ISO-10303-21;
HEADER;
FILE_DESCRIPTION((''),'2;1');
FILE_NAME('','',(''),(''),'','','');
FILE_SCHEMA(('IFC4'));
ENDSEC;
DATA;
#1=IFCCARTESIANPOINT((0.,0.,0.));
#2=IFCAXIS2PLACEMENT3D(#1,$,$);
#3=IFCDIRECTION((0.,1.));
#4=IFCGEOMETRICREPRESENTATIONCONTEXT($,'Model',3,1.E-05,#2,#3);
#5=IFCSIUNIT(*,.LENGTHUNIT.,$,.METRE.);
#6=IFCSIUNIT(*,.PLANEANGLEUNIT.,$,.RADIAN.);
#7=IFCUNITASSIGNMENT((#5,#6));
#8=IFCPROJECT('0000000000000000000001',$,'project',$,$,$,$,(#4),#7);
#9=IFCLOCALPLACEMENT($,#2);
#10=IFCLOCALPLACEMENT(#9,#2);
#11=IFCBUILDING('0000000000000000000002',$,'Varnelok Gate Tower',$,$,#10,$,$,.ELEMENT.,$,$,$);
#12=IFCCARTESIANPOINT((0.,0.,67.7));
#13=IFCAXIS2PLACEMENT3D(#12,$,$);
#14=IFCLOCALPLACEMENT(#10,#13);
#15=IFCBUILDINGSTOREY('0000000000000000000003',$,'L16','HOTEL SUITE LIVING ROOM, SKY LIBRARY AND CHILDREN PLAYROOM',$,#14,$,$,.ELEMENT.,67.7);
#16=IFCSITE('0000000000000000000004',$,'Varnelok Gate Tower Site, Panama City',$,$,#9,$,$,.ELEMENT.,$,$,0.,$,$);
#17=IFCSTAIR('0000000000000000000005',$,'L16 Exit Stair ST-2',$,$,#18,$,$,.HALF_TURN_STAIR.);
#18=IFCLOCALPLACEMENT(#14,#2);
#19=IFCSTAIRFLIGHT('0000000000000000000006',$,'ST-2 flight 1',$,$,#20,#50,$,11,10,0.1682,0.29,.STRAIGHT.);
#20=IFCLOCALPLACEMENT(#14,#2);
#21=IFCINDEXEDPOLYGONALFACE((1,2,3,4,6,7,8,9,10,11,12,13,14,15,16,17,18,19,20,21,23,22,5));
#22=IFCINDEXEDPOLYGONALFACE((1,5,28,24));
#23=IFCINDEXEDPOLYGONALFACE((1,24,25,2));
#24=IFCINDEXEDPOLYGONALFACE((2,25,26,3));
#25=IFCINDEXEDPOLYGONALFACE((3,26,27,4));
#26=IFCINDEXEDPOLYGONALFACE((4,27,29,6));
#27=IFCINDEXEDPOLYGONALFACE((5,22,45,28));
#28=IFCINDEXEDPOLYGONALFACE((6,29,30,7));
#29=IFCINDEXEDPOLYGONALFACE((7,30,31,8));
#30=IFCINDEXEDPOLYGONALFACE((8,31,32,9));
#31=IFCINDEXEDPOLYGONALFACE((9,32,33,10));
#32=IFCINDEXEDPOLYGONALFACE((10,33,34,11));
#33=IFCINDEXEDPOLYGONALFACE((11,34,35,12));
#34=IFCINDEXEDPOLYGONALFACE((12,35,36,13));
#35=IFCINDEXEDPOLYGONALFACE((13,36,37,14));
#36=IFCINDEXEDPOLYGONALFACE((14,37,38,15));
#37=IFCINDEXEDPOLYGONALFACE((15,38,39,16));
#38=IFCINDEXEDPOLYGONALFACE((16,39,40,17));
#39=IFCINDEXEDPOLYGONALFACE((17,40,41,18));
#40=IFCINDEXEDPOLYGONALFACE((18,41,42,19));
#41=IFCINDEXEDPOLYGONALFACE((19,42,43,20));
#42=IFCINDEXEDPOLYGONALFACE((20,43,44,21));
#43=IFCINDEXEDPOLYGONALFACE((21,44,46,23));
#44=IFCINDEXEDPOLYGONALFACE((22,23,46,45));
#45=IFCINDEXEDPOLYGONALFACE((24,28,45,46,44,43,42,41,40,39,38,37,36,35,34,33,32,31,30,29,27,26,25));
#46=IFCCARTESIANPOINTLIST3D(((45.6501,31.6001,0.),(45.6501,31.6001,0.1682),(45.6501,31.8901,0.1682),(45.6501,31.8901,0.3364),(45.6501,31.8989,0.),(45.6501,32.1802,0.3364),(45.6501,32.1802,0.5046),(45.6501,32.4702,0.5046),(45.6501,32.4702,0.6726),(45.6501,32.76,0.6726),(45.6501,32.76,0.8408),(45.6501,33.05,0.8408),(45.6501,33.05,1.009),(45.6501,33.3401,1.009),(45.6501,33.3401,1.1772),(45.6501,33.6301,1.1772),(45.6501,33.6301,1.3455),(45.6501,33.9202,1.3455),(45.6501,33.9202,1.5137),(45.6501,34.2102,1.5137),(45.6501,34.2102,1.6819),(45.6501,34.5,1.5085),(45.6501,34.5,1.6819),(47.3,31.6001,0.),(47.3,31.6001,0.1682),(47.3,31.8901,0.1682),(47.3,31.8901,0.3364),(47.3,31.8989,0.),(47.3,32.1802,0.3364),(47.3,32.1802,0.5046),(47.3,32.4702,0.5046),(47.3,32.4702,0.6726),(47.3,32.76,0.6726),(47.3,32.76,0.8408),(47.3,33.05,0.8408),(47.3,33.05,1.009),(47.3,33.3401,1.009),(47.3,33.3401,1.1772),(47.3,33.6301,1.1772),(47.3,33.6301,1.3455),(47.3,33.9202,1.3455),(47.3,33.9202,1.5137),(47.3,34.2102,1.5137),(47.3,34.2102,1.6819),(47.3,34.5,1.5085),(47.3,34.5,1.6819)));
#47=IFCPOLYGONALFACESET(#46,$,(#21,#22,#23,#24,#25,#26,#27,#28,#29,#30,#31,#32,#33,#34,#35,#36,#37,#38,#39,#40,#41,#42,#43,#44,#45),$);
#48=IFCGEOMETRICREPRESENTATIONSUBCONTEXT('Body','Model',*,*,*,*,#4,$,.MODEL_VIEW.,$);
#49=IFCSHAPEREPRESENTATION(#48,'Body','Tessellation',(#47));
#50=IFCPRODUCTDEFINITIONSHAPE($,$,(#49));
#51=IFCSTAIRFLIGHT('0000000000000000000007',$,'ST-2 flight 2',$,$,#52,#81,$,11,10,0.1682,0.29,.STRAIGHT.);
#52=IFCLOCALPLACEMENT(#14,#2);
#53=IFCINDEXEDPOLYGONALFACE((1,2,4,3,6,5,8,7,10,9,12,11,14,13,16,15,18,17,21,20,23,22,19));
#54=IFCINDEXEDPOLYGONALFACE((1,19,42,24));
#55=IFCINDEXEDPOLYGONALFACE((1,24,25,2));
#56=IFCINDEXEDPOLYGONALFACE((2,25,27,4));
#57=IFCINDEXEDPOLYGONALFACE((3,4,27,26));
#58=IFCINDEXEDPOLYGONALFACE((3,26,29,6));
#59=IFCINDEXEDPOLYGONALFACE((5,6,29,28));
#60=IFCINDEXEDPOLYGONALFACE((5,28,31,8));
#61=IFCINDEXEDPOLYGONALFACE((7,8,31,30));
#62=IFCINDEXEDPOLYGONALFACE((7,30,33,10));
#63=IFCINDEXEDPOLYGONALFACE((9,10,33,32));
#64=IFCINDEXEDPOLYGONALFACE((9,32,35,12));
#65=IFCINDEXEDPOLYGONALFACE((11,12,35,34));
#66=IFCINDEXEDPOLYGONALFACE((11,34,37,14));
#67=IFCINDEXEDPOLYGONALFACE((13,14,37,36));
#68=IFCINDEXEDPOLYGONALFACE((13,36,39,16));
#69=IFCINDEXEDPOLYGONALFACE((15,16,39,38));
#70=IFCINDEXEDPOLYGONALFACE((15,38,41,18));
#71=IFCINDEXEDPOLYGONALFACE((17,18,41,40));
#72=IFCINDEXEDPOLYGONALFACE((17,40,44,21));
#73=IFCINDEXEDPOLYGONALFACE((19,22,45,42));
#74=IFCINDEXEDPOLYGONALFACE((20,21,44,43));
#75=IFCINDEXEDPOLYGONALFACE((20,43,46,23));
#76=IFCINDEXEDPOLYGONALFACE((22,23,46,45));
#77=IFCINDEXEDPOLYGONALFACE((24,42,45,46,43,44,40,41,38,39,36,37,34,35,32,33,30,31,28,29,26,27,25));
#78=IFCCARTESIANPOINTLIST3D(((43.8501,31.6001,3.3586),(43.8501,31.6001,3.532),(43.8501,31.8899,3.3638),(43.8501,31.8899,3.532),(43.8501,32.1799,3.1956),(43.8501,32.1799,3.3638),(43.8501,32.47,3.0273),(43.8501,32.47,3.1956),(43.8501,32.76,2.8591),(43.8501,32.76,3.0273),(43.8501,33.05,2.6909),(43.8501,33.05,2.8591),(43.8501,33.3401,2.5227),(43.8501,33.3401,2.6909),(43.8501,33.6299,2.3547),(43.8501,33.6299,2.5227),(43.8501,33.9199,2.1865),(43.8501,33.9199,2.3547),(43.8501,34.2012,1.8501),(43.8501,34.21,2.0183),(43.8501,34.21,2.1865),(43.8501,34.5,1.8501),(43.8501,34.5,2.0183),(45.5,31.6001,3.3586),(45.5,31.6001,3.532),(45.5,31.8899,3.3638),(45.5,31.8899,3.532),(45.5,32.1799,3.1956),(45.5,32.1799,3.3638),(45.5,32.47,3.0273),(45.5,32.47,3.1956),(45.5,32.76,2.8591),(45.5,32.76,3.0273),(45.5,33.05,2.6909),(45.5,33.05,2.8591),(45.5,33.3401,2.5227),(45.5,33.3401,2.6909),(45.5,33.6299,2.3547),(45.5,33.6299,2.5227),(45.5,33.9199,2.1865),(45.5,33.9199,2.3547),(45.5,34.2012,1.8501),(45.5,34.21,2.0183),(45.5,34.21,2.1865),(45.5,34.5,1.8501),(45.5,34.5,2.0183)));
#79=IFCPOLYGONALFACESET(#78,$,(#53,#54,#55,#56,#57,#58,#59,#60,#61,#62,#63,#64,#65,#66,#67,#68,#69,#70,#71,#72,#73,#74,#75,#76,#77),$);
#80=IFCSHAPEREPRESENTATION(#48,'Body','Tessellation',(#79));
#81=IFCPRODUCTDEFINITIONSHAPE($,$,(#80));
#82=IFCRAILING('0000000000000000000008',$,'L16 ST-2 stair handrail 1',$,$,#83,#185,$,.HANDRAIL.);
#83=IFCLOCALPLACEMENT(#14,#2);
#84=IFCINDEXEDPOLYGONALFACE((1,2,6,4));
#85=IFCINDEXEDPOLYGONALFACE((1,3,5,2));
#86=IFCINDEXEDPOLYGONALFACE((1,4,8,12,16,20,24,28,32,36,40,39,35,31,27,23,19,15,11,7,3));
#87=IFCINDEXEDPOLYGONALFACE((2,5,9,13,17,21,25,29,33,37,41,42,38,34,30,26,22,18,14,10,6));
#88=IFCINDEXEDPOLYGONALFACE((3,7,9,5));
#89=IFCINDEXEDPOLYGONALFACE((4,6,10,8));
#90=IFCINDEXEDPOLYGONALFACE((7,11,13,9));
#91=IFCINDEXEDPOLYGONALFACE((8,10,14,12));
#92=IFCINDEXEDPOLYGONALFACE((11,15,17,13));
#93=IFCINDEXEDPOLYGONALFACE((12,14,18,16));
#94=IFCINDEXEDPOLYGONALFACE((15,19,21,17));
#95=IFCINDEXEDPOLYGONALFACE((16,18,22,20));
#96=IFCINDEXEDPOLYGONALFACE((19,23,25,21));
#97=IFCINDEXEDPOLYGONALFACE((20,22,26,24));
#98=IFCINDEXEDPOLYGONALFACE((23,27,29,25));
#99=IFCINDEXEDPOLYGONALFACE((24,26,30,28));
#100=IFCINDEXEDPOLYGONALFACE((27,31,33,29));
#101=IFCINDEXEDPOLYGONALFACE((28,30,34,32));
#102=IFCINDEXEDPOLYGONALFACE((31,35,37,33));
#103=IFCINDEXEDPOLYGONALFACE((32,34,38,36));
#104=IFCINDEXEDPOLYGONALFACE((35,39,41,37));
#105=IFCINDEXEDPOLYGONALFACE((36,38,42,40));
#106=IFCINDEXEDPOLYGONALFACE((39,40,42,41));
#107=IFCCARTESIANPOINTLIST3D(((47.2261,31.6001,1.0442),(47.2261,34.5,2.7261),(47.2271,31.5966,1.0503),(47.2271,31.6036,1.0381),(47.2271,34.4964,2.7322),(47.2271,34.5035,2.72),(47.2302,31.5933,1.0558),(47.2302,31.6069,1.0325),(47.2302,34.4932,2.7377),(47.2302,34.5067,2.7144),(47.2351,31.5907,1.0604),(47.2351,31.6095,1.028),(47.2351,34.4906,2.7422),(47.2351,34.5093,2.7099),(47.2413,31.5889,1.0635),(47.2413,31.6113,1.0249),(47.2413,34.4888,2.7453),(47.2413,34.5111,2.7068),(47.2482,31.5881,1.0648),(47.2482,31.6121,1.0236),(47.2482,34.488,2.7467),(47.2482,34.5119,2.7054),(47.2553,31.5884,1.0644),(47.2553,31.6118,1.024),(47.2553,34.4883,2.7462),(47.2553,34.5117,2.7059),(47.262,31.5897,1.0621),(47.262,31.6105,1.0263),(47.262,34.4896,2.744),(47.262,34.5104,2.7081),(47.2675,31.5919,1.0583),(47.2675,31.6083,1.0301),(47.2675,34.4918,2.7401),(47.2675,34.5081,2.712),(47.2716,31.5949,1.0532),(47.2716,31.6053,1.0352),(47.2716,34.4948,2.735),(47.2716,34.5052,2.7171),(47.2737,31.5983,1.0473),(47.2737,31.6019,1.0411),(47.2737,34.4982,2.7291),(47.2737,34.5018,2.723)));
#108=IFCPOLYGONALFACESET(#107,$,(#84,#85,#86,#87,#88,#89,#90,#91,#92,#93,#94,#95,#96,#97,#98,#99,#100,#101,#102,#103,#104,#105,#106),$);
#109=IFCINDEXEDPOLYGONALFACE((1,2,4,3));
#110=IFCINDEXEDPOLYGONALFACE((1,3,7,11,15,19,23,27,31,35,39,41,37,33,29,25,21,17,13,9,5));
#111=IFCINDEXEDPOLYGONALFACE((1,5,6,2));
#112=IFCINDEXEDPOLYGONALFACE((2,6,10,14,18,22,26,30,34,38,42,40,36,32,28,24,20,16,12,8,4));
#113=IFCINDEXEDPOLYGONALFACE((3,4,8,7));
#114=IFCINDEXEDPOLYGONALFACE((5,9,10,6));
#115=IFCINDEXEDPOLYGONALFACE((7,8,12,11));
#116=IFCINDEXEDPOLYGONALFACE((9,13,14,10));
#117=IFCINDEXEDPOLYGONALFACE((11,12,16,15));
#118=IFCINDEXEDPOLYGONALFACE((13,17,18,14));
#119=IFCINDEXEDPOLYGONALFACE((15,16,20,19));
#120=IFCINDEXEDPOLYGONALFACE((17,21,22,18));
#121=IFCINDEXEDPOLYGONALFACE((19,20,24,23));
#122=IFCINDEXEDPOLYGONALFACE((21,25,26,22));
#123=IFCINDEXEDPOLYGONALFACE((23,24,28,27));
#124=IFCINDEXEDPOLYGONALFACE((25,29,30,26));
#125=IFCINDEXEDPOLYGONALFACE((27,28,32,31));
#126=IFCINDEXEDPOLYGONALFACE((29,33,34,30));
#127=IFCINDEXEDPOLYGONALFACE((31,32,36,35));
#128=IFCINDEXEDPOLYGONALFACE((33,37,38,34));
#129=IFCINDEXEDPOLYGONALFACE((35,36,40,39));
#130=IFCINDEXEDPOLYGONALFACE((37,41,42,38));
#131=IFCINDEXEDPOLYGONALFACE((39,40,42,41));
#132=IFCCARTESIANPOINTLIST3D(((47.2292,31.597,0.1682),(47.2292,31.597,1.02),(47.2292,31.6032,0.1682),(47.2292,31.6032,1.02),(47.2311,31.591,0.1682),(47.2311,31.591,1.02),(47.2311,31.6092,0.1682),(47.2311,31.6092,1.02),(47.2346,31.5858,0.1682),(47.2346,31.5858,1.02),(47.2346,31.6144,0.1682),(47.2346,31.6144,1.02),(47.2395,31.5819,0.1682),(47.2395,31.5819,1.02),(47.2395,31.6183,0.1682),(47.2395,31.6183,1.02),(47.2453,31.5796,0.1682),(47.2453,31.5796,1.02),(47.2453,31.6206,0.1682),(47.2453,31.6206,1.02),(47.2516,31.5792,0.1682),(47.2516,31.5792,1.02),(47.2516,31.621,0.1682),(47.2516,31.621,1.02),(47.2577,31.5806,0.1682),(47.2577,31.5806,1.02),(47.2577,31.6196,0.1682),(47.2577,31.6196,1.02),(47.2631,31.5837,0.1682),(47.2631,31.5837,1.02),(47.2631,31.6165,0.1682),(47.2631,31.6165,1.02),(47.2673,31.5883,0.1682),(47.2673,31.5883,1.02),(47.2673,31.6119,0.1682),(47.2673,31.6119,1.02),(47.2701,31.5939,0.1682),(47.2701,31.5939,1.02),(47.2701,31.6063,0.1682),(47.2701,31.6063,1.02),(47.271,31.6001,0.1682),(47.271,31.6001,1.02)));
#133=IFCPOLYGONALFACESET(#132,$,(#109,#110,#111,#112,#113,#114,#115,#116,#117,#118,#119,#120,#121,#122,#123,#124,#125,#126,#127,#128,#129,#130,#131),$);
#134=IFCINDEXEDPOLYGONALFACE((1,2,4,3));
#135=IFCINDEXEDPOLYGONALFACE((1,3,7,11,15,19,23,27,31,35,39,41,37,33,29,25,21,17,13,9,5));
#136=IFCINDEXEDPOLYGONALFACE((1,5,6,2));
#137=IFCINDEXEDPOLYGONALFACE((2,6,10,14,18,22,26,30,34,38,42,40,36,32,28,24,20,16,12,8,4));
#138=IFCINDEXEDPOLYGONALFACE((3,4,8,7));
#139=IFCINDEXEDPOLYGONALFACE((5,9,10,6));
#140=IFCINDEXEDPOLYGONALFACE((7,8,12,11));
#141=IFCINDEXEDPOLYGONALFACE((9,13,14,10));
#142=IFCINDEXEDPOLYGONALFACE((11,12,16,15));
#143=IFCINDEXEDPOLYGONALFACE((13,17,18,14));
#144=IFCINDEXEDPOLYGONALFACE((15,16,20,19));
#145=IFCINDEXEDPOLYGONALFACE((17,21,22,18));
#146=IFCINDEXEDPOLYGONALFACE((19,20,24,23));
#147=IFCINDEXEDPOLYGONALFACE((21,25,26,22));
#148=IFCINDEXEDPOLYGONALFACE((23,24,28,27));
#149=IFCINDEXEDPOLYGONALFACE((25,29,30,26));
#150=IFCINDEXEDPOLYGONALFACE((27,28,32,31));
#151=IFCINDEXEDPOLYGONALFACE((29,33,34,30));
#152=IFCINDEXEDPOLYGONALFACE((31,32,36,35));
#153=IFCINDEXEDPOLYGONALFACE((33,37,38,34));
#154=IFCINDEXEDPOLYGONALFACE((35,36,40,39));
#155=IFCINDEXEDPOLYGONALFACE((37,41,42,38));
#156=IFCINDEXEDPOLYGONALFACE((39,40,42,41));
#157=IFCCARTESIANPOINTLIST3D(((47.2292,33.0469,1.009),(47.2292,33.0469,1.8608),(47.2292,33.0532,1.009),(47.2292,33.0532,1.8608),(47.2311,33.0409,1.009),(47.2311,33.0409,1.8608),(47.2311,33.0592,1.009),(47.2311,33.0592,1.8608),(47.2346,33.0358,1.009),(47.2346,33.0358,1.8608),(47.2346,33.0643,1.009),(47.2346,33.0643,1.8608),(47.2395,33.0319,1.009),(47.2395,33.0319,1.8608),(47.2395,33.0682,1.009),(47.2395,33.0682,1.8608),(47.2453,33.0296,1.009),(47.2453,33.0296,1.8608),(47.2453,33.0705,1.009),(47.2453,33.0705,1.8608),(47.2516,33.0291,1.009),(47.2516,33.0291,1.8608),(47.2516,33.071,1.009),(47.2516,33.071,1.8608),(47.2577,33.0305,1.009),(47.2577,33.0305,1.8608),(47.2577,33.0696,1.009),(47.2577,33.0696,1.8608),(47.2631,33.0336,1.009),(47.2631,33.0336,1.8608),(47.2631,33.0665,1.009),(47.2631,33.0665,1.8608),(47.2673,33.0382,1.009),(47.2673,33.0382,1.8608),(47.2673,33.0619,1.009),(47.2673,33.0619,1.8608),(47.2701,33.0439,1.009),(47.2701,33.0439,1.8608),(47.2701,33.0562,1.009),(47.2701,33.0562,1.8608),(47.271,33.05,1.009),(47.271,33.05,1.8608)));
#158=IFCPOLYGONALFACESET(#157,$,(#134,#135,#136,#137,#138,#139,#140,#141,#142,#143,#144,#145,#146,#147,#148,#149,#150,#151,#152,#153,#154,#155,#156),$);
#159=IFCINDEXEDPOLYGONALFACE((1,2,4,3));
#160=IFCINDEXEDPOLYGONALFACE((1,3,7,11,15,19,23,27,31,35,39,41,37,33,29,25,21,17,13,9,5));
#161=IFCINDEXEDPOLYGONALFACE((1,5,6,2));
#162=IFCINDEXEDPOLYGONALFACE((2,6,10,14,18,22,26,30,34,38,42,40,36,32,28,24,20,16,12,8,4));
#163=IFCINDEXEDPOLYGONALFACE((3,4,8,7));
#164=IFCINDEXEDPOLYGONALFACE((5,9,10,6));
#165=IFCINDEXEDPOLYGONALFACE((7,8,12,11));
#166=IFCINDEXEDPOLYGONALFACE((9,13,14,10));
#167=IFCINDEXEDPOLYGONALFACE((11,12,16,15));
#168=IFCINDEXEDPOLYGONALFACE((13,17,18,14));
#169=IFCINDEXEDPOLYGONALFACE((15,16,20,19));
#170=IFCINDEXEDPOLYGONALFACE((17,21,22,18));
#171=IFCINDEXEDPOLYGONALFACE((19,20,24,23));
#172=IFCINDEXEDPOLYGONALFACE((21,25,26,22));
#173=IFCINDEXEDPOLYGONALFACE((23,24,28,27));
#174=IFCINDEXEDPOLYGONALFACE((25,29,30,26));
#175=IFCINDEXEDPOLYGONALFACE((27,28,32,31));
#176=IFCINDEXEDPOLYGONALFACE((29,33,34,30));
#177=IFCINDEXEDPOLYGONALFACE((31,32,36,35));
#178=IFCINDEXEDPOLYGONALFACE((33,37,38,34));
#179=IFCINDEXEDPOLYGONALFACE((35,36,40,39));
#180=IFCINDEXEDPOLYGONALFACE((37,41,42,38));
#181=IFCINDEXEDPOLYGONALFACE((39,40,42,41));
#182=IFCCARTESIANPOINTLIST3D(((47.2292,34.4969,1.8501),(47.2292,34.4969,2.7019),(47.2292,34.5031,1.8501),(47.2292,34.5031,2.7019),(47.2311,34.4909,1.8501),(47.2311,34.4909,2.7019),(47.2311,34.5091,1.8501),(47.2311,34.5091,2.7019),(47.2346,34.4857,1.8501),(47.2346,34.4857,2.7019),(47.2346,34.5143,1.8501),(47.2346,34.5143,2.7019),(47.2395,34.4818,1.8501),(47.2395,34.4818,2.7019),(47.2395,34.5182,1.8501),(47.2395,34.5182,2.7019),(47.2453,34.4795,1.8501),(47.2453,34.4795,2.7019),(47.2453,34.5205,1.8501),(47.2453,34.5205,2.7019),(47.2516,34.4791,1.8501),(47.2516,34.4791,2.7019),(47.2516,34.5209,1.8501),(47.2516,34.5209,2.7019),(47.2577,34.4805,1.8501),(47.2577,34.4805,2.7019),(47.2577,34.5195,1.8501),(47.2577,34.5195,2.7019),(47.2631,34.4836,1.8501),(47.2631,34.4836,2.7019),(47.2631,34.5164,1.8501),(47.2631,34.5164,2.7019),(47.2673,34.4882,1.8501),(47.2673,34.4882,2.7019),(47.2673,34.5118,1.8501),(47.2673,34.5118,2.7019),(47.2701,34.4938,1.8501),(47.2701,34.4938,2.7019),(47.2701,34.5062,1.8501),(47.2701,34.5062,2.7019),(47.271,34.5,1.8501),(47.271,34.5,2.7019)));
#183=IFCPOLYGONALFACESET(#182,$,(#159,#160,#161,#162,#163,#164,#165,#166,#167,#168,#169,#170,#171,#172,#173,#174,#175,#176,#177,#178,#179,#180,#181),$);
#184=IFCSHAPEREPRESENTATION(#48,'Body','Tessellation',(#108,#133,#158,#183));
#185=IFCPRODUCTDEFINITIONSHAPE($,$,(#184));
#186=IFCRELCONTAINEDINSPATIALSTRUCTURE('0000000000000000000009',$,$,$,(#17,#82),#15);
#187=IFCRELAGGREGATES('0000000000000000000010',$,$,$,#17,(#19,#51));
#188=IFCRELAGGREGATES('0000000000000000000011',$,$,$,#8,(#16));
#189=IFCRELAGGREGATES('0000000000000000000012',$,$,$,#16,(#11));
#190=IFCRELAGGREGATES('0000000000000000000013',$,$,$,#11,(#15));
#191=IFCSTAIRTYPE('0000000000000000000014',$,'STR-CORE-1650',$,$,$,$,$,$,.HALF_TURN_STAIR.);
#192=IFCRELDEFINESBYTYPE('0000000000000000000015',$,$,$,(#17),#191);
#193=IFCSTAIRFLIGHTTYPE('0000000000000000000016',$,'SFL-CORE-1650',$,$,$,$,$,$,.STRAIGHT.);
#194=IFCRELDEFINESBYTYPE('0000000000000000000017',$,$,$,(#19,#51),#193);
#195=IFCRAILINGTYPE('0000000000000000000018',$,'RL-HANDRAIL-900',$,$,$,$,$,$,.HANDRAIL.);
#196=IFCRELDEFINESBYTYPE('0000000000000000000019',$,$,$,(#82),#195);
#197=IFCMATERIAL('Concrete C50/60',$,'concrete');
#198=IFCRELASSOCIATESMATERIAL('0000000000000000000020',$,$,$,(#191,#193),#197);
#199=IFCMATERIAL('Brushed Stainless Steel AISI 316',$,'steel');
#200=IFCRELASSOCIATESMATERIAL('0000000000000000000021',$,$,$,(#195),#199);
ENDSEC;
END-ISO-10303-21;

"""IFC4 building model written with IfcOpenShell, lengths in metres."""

from ifc_helpers import new_model, si_unit, direction, frame, origin, origin_2d, place, context, subcontext, project, spatial, polyline, circle, outline, extrude, material, type_object, element, aggregate, save


model = new_model("IFC4")

# Units and contexts
model_context = context("Model", 3, precision=1e-05, world=origin(), true_north=direction((0.0, 1.0)))
body_context = subcontext(model_context, "Body", "Model", "MODEL_VIEW")
ifc_project = project(units=[si_unit("LENGTHUNIT", "METRE"), si_unit("PLANEANGLEUNIT", "RADIAN")], contexts=[model_context])

# Site, building, storey
site_placement = place(None, origin())
site = spatial("IfcSite", under=ifc_project, at=site_placement, Name="Varnelok Gate Tower Site, Panama City", CompositionType="ELEMENT", RefElevation=0.0)
building_placement = place(site_placement, origin())
building = spatial("IfcBuilding", under=site, at=building_placement, Name="Varnelok Gate Tower", CompositionType="ELEMENT")
storey_placement = place(building_placement, frame((0.0, 0.0, 67.7)))
storey = spatial("IfcBuildingStorey", under=building, at=storey_placement, Name="L16", Description="HOTEL SUITE LIVING ROOM, SKY LIBRARY AND CHILDREN PLAYROOM", CompositionType="ELEMENT", Elevation=67.7)

# Stair, stair flights
ifc_material_1 = material(Name="Concrete C50/60", Category="concrete")
stair_type = type_object("IfcStairType", Name="STR-CORE-1650", PredefinedType="HALF_TURN_STAIR", material=ifc_material_1)
stair_placement = place(storey_placement, origin())
stair = element("IfcStair", 1, at=stair_placement, inside=storey, type_object=stair_type, Name="L16 Exit Stair ST-2", PredefinedType="HALF_TURN_STAIR")
stair_flight_type = type_object("IfcStairFlightType", Name="SFL-CORE-1650", PredefinedType="STRAIGHT", material=ifc_material_1)
stair_flight_1_placement = place(storey_placement, frame((46.4751, 31.6001, 0.0), z_axis=(0.0, 0.0, 1.0), x_axis=(0.0, 1.0, 0.0)))
stair_flight_1 = element("IfcStairFlight", 2, at=stair_flight_1_placement, type_object=stair_flight_type, Name="ST-2 flight 1", NumberOfRisers=11, NumberOfTreads=10, PredefinedType="STRAIGHT", RiserHeight=0.1682, TreadLength=0.29, context=body_context, shape_type="SweptSolid", body=[
    extrude(outline(polyline([(0.0, 0.0), (0.0, 0.1682), (0.29, 0.1682), (0.29, 0.3364), (0.5801, 0.3364), (0.5801, 0.5046), (0.8701, 0.5046), (0.8701, 0.6726), (1.1599, 0.6726), (1.1599, 0.8408), (1.45, 0.8408), (1.45, 1.009), (1.74, 1.009), (1.74, 1.1772), (2.03, 1.1772), (2.03, 1.3455), (2.3201, 1.3455), (2.3201, 1.5137), (2.6101, 1.5137), (2.6101, 1.6819), (2.8999, 1.6819), (2.8999, 1.8501), (2.8999, 1.5085), (0.2988, 0.0), (0.0, 0.0)])), frame((0.0, 0.825, 0.0), z_axis=(0.0, -1.0, 0.0), x_axis=(1.0, 0.0, 0.0)), (0.0, 0.0, 1.0), 1.6499),
])
stair_flight_2_placement = place(storey_placement, frame((44.675, 34.5, 1.8501), z_axis=(0.0, 0.0, 1.0), x_axis=(0.0, -1.0, 0.0)))
stair_flight_2 = element("IfcStairFlight", 3, at=stair_flight_2_placement, type_object=stair_flight_type, Name="ST-2 flight 2", NumberOfRisers=11, NumberOfTreads=10, PredefinedType="STRAIGHT", RiserHeight=0.1682, TreadLength=0.29, context=body_context, shape_type="SweptSolid", body=[
    extrude(outline(polyline([(0.0, 0.0), (0.0, 0.1682), (0.29, 0.1682), (0.29, 0.3364), (0.5801, 0.3364), (0.5801, 0.5046), (0.8701, 0.5046), (0.8701, 0.6726), (1.1599, 0.6726), (1.1599, 0.8408), (1.45, 0.8408), (1.45, 1.009), (1.74, 1.009), (1.74, 1.1772), (2.03, 1.1772), (2.03, 1.3455), (2.3201, 1.3455), (2.3201, 1.5137), (2.6101, 1.5137), (2.6101, 1.6819), (2.8999, 1.6819), (2.8999, 1.8501), (2.8999, 1.5085), (0.2988, 0.0), (0.0, 0.0)])), frame((0.0, 0.825, 0.0), z_axis=(0.0, -1.0, 0.0), x_axis=(1.0, 0.0, 0.0)), (0.0, 0.0, 1.0), 1.6499),
])
aggregate(stair, [stair_flight_1, stair_flight_2])

# Railing
ifc_material_2 = material(Name="Brushed Stainless Steel AISI 316", Category="steel")
railing_type_1 = type_object("IfcRailingType", Name="RL-HANDRAIL-900", PredefinedType="HANDRAIL", material=ifc_material_2)
railing_1_placement = place(storey_placement, frame((47.25, 31.6001, 0.1682)))
element("IfcRailing", 4, at=railing_1_placement, inside=storey, type_object=railing_type_1, Name="L16 ST-2 stair handrail 1", PredefinedType="HANDRAIL", context=body_context, shape_type="SweptSolid", body=[
    extrude(circle(Radius=0.0239, at=origin_2d()), frame((0.0, 0.0, 0.876), z_axis=(0.0, 0.865039, 0.501705), x_axis=(-1.0, 0.0, 0.0)), (0.0, 0.0, 1.0), 3.3523),
    extrude(circle(Radius=0.021, at=origin_2d()), origin(), (0.0, 0.0, 1.0), 0.8518),
    extrude(circle(Radius=0.021, at=origin_2d()), frame((0.0, 1.45, 0.8408)), (0.0, 0.0, 1.0), 0.8518),
    extrude(circle(Radius=0.021, at=origin_2d()), frame((0.0, 2.8999, 1.6819)), (0.0, 0.0, 1.0), 0.8518),
])

save(model, "model.ifc")
